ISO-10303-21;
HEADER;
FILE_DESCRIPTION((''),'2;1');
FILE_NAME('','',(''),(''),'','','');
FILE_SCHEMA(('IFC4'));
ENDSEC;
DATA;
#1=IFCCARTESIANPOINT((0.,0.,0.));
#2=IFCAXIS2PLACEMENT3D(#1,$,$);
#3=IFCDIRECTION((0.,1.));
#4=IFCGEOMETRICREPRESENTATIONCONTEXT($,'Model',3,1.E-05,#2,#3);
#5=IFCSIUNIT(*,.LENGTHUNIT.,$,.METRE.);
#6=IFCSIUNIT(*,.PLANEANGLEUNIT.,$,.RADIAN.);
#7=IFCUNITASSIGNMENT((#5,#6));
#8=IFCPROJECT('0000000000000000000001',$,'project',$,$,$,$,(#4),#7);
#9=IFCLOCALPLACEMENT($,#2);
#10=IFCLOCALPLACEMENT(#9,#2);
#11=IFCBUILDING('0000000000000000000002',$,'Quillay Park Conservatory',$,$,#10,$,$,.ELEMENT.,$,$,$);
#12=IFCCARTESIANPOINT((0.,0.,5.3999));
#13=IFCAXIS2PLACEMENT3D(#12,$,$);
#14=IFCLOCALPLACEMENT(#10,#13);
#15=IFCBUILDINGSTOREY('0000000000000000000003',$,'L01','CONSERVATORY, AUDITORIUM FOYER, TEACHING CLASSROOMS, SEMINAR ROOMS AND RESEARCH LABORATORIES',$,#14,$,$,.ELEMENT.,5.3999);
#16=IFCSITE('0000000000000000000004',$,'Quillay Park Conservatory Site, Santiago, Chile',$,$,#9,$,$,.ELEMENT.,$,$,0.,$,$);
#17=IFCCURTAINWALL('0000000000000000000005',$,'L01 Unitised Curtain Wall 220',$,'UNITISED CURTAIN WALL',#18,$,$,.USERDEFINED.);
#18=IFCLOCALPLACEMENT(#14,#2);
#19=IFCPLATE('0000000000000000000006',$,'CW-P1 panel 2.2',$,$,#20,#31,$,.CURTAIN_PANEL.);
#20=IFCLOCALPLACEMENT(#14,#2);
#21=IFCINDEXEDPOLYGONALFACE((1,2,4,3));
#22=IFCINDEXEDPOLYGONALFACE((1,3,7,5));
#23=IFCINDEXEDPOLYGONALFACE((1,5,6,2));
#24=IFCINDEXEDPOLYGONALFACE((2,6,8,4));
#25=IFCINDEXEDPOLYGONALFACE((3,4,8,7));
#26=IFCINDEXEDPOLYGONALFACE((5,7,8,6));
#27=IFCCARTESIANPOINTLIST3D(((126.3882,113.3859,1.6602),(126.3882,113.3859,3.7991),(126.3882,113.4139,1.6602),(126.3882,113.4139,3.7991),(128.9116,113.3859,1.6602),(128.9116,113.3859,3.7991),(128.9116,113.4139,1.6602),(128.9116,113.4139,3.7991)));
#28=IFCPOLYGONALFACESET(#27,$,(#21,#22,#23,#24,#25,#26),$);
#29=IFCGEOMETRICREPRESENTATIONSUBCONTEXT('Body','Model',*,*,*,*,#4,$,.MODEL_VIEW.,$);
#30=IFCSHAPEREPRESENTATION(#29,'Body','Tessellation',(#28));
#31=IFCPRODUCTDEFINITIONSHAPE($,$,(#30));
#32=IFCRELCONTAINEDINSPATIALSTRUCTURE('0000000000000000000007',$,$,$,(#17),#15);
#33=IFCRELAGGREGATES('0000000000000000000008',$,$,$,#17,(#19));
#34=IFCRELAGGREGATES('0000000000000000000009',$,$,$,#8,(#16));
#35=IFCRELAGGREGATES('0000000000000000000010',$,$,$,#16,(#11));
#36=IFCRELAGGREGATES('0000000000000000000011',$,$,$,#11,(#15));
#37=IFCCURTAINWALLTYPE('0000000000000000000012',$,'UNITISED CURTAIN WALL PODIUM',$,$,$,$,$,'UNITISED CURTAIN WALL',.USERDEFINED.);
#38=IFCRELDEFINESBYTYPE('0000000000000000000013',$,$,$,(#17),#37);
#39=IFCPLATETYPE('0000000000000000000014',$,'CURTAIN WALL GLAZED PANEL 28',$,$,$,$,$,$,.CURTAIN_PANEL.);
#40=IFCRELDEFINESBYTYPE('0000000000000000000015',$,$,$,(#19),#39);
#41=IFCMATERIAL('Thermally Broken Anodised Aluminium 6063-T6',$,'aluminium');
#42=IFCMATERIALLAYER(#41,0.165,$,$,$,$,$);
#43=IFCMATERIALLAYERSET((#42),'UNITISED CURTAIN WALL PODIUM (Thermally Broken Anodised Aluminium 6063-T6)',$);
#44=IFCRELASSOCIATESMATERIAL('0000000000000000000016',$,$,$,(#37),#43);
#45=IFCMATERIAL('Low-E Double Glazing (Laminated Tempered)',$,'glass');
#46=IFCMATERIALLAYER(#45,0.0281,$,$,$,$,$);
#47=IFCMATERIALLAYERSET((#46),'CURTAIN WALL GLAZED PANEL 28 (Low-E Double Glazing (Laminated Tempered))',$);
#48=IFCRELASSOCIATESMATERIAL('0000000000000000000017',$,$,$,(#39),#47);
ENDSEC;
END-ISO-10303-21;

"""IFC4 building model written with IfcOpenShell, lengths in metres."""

from ifc_helpers import new_model, si_unit, direction, frame, origin, origin_2d, place, context, subcontext, project, spatial, rectangle, extrude, material, layer, layer_set, type_object, element, aggregate, save


model = new_model("IFC4")

# Units and contexts
model_context = context("Model", 3, precision=1e-05, world=origin(), true_north=direction((0.0, 1.0)))
body_context = subcontext(model_context, "Body", "Model", "MODEL_VIEW")
ifc_project = project(units=[si_unit("LENGTHUNIT", "METRE"), si_unit("PLANEANGLEUNIT", "RADIAN")], contexts=[model_context])

# Site, building, storey
site_placement = place(None, origin())
site = spatial("IfcSite", under=ifc_project, at=site_placement, Name="Quillay Park Conservatory Site, Santiago, Chile", CompositionType="ELEMENT", RefElevation=0.0)
building_placement = place(site_placement, origin())
building = spatial("IfcBuilding", under=site, at=building_placement, Name="Quillay Park Conservatory", CompositionType="ELEMENT")
storey_placement = place(building_placement, frame((0.0, 0.0, 5.3999)))
storey = spatial("IfcBuildingStorey", under=building, at=storey_placement, Name="L01", Description="CONSERVATORY, AUDITORIUM FOYER, TEACHING CLASSROOMS, SEMINAR ROOMS AND RESEARCH LABORATORIES", CompositionType="ELEMENT", Elevation=5.3999)

# Shared definitions
ifc_material_1 = material(Name="Thermally Broken Anodised Aluminium 6063-T6", Category="aluminium")
ifc_layer_1 = layer(ifc_material_1, 0.165)
ifc_layer_set_1 = layer_set([ifc_layer_1], Name="UNITISED CURTAIN WALL PODIUM (Thermally Broken Anodised Aluminium 6063-T6)")
curtain_wall_type = type_object("IfcCurtainWallType", Name="UNITISED CURTAIN WALL PODIUM", ElementType="UNITISED CURTAIN WALL", PredefinedType="USERDEFINED", material=ifc_layer_set_1)

# Curtain wall
curtain_wall_1_placement = place(storey_placement, origin())
curtain_wall_1 = element("IfcCurtainWall", 1, at=curtain_wall_1_placement, inside=storey, type_object=curtain_wall_type, Name="L01 Unitised Curtain Wall 220", ObjectType="UNITISED CURTAIN WALL", PredefinedType="USERDEFINED")

# Plate
ifc_material_2 = material(Name="Low-E Double Glazing (Laminated Tempered)", Category="glass")
ifc_layer_2 = layer(ifc_material_2, 0.0281)
ifc_layer_set_2 = layer_set([ifc_layer_2], Name="CURTAIN WALL GLAZED PANEL 28 (Low-E Double Glazing (Laminated Tempered))")
plate_type = type_object("IfcPlateType", Name="CURTAIN WALL GLAZED PANEL 28", PredefinedType="CURTAIN_PANEL", material=ifc_layer_set_2)
plate_1_placement = place(storey_placement, frame((127.6499, 113.3999, 1.6602), z_axis=(0.0, 0.0, 1.0), x_axis=(1.0, 0.0, 0.0)))
plate_1 = element("IfcPlate", 2, at=plate_1_placement, type_object=plate_type, Name="CW-P1 panel 2.2", PredefinedType="CURTAIN_PANEL", context=body_context, shape_type="SweptSolid", body=[
    extrude(rectangle(XDim=2.5234, YDim=0.0281, at=origin_2d()), origin(), (0.0, 0.0, 1.0), 2.1389),
])
aggregate(curtain_wall_1, [plate_1])

save(model, "model.ifc")
